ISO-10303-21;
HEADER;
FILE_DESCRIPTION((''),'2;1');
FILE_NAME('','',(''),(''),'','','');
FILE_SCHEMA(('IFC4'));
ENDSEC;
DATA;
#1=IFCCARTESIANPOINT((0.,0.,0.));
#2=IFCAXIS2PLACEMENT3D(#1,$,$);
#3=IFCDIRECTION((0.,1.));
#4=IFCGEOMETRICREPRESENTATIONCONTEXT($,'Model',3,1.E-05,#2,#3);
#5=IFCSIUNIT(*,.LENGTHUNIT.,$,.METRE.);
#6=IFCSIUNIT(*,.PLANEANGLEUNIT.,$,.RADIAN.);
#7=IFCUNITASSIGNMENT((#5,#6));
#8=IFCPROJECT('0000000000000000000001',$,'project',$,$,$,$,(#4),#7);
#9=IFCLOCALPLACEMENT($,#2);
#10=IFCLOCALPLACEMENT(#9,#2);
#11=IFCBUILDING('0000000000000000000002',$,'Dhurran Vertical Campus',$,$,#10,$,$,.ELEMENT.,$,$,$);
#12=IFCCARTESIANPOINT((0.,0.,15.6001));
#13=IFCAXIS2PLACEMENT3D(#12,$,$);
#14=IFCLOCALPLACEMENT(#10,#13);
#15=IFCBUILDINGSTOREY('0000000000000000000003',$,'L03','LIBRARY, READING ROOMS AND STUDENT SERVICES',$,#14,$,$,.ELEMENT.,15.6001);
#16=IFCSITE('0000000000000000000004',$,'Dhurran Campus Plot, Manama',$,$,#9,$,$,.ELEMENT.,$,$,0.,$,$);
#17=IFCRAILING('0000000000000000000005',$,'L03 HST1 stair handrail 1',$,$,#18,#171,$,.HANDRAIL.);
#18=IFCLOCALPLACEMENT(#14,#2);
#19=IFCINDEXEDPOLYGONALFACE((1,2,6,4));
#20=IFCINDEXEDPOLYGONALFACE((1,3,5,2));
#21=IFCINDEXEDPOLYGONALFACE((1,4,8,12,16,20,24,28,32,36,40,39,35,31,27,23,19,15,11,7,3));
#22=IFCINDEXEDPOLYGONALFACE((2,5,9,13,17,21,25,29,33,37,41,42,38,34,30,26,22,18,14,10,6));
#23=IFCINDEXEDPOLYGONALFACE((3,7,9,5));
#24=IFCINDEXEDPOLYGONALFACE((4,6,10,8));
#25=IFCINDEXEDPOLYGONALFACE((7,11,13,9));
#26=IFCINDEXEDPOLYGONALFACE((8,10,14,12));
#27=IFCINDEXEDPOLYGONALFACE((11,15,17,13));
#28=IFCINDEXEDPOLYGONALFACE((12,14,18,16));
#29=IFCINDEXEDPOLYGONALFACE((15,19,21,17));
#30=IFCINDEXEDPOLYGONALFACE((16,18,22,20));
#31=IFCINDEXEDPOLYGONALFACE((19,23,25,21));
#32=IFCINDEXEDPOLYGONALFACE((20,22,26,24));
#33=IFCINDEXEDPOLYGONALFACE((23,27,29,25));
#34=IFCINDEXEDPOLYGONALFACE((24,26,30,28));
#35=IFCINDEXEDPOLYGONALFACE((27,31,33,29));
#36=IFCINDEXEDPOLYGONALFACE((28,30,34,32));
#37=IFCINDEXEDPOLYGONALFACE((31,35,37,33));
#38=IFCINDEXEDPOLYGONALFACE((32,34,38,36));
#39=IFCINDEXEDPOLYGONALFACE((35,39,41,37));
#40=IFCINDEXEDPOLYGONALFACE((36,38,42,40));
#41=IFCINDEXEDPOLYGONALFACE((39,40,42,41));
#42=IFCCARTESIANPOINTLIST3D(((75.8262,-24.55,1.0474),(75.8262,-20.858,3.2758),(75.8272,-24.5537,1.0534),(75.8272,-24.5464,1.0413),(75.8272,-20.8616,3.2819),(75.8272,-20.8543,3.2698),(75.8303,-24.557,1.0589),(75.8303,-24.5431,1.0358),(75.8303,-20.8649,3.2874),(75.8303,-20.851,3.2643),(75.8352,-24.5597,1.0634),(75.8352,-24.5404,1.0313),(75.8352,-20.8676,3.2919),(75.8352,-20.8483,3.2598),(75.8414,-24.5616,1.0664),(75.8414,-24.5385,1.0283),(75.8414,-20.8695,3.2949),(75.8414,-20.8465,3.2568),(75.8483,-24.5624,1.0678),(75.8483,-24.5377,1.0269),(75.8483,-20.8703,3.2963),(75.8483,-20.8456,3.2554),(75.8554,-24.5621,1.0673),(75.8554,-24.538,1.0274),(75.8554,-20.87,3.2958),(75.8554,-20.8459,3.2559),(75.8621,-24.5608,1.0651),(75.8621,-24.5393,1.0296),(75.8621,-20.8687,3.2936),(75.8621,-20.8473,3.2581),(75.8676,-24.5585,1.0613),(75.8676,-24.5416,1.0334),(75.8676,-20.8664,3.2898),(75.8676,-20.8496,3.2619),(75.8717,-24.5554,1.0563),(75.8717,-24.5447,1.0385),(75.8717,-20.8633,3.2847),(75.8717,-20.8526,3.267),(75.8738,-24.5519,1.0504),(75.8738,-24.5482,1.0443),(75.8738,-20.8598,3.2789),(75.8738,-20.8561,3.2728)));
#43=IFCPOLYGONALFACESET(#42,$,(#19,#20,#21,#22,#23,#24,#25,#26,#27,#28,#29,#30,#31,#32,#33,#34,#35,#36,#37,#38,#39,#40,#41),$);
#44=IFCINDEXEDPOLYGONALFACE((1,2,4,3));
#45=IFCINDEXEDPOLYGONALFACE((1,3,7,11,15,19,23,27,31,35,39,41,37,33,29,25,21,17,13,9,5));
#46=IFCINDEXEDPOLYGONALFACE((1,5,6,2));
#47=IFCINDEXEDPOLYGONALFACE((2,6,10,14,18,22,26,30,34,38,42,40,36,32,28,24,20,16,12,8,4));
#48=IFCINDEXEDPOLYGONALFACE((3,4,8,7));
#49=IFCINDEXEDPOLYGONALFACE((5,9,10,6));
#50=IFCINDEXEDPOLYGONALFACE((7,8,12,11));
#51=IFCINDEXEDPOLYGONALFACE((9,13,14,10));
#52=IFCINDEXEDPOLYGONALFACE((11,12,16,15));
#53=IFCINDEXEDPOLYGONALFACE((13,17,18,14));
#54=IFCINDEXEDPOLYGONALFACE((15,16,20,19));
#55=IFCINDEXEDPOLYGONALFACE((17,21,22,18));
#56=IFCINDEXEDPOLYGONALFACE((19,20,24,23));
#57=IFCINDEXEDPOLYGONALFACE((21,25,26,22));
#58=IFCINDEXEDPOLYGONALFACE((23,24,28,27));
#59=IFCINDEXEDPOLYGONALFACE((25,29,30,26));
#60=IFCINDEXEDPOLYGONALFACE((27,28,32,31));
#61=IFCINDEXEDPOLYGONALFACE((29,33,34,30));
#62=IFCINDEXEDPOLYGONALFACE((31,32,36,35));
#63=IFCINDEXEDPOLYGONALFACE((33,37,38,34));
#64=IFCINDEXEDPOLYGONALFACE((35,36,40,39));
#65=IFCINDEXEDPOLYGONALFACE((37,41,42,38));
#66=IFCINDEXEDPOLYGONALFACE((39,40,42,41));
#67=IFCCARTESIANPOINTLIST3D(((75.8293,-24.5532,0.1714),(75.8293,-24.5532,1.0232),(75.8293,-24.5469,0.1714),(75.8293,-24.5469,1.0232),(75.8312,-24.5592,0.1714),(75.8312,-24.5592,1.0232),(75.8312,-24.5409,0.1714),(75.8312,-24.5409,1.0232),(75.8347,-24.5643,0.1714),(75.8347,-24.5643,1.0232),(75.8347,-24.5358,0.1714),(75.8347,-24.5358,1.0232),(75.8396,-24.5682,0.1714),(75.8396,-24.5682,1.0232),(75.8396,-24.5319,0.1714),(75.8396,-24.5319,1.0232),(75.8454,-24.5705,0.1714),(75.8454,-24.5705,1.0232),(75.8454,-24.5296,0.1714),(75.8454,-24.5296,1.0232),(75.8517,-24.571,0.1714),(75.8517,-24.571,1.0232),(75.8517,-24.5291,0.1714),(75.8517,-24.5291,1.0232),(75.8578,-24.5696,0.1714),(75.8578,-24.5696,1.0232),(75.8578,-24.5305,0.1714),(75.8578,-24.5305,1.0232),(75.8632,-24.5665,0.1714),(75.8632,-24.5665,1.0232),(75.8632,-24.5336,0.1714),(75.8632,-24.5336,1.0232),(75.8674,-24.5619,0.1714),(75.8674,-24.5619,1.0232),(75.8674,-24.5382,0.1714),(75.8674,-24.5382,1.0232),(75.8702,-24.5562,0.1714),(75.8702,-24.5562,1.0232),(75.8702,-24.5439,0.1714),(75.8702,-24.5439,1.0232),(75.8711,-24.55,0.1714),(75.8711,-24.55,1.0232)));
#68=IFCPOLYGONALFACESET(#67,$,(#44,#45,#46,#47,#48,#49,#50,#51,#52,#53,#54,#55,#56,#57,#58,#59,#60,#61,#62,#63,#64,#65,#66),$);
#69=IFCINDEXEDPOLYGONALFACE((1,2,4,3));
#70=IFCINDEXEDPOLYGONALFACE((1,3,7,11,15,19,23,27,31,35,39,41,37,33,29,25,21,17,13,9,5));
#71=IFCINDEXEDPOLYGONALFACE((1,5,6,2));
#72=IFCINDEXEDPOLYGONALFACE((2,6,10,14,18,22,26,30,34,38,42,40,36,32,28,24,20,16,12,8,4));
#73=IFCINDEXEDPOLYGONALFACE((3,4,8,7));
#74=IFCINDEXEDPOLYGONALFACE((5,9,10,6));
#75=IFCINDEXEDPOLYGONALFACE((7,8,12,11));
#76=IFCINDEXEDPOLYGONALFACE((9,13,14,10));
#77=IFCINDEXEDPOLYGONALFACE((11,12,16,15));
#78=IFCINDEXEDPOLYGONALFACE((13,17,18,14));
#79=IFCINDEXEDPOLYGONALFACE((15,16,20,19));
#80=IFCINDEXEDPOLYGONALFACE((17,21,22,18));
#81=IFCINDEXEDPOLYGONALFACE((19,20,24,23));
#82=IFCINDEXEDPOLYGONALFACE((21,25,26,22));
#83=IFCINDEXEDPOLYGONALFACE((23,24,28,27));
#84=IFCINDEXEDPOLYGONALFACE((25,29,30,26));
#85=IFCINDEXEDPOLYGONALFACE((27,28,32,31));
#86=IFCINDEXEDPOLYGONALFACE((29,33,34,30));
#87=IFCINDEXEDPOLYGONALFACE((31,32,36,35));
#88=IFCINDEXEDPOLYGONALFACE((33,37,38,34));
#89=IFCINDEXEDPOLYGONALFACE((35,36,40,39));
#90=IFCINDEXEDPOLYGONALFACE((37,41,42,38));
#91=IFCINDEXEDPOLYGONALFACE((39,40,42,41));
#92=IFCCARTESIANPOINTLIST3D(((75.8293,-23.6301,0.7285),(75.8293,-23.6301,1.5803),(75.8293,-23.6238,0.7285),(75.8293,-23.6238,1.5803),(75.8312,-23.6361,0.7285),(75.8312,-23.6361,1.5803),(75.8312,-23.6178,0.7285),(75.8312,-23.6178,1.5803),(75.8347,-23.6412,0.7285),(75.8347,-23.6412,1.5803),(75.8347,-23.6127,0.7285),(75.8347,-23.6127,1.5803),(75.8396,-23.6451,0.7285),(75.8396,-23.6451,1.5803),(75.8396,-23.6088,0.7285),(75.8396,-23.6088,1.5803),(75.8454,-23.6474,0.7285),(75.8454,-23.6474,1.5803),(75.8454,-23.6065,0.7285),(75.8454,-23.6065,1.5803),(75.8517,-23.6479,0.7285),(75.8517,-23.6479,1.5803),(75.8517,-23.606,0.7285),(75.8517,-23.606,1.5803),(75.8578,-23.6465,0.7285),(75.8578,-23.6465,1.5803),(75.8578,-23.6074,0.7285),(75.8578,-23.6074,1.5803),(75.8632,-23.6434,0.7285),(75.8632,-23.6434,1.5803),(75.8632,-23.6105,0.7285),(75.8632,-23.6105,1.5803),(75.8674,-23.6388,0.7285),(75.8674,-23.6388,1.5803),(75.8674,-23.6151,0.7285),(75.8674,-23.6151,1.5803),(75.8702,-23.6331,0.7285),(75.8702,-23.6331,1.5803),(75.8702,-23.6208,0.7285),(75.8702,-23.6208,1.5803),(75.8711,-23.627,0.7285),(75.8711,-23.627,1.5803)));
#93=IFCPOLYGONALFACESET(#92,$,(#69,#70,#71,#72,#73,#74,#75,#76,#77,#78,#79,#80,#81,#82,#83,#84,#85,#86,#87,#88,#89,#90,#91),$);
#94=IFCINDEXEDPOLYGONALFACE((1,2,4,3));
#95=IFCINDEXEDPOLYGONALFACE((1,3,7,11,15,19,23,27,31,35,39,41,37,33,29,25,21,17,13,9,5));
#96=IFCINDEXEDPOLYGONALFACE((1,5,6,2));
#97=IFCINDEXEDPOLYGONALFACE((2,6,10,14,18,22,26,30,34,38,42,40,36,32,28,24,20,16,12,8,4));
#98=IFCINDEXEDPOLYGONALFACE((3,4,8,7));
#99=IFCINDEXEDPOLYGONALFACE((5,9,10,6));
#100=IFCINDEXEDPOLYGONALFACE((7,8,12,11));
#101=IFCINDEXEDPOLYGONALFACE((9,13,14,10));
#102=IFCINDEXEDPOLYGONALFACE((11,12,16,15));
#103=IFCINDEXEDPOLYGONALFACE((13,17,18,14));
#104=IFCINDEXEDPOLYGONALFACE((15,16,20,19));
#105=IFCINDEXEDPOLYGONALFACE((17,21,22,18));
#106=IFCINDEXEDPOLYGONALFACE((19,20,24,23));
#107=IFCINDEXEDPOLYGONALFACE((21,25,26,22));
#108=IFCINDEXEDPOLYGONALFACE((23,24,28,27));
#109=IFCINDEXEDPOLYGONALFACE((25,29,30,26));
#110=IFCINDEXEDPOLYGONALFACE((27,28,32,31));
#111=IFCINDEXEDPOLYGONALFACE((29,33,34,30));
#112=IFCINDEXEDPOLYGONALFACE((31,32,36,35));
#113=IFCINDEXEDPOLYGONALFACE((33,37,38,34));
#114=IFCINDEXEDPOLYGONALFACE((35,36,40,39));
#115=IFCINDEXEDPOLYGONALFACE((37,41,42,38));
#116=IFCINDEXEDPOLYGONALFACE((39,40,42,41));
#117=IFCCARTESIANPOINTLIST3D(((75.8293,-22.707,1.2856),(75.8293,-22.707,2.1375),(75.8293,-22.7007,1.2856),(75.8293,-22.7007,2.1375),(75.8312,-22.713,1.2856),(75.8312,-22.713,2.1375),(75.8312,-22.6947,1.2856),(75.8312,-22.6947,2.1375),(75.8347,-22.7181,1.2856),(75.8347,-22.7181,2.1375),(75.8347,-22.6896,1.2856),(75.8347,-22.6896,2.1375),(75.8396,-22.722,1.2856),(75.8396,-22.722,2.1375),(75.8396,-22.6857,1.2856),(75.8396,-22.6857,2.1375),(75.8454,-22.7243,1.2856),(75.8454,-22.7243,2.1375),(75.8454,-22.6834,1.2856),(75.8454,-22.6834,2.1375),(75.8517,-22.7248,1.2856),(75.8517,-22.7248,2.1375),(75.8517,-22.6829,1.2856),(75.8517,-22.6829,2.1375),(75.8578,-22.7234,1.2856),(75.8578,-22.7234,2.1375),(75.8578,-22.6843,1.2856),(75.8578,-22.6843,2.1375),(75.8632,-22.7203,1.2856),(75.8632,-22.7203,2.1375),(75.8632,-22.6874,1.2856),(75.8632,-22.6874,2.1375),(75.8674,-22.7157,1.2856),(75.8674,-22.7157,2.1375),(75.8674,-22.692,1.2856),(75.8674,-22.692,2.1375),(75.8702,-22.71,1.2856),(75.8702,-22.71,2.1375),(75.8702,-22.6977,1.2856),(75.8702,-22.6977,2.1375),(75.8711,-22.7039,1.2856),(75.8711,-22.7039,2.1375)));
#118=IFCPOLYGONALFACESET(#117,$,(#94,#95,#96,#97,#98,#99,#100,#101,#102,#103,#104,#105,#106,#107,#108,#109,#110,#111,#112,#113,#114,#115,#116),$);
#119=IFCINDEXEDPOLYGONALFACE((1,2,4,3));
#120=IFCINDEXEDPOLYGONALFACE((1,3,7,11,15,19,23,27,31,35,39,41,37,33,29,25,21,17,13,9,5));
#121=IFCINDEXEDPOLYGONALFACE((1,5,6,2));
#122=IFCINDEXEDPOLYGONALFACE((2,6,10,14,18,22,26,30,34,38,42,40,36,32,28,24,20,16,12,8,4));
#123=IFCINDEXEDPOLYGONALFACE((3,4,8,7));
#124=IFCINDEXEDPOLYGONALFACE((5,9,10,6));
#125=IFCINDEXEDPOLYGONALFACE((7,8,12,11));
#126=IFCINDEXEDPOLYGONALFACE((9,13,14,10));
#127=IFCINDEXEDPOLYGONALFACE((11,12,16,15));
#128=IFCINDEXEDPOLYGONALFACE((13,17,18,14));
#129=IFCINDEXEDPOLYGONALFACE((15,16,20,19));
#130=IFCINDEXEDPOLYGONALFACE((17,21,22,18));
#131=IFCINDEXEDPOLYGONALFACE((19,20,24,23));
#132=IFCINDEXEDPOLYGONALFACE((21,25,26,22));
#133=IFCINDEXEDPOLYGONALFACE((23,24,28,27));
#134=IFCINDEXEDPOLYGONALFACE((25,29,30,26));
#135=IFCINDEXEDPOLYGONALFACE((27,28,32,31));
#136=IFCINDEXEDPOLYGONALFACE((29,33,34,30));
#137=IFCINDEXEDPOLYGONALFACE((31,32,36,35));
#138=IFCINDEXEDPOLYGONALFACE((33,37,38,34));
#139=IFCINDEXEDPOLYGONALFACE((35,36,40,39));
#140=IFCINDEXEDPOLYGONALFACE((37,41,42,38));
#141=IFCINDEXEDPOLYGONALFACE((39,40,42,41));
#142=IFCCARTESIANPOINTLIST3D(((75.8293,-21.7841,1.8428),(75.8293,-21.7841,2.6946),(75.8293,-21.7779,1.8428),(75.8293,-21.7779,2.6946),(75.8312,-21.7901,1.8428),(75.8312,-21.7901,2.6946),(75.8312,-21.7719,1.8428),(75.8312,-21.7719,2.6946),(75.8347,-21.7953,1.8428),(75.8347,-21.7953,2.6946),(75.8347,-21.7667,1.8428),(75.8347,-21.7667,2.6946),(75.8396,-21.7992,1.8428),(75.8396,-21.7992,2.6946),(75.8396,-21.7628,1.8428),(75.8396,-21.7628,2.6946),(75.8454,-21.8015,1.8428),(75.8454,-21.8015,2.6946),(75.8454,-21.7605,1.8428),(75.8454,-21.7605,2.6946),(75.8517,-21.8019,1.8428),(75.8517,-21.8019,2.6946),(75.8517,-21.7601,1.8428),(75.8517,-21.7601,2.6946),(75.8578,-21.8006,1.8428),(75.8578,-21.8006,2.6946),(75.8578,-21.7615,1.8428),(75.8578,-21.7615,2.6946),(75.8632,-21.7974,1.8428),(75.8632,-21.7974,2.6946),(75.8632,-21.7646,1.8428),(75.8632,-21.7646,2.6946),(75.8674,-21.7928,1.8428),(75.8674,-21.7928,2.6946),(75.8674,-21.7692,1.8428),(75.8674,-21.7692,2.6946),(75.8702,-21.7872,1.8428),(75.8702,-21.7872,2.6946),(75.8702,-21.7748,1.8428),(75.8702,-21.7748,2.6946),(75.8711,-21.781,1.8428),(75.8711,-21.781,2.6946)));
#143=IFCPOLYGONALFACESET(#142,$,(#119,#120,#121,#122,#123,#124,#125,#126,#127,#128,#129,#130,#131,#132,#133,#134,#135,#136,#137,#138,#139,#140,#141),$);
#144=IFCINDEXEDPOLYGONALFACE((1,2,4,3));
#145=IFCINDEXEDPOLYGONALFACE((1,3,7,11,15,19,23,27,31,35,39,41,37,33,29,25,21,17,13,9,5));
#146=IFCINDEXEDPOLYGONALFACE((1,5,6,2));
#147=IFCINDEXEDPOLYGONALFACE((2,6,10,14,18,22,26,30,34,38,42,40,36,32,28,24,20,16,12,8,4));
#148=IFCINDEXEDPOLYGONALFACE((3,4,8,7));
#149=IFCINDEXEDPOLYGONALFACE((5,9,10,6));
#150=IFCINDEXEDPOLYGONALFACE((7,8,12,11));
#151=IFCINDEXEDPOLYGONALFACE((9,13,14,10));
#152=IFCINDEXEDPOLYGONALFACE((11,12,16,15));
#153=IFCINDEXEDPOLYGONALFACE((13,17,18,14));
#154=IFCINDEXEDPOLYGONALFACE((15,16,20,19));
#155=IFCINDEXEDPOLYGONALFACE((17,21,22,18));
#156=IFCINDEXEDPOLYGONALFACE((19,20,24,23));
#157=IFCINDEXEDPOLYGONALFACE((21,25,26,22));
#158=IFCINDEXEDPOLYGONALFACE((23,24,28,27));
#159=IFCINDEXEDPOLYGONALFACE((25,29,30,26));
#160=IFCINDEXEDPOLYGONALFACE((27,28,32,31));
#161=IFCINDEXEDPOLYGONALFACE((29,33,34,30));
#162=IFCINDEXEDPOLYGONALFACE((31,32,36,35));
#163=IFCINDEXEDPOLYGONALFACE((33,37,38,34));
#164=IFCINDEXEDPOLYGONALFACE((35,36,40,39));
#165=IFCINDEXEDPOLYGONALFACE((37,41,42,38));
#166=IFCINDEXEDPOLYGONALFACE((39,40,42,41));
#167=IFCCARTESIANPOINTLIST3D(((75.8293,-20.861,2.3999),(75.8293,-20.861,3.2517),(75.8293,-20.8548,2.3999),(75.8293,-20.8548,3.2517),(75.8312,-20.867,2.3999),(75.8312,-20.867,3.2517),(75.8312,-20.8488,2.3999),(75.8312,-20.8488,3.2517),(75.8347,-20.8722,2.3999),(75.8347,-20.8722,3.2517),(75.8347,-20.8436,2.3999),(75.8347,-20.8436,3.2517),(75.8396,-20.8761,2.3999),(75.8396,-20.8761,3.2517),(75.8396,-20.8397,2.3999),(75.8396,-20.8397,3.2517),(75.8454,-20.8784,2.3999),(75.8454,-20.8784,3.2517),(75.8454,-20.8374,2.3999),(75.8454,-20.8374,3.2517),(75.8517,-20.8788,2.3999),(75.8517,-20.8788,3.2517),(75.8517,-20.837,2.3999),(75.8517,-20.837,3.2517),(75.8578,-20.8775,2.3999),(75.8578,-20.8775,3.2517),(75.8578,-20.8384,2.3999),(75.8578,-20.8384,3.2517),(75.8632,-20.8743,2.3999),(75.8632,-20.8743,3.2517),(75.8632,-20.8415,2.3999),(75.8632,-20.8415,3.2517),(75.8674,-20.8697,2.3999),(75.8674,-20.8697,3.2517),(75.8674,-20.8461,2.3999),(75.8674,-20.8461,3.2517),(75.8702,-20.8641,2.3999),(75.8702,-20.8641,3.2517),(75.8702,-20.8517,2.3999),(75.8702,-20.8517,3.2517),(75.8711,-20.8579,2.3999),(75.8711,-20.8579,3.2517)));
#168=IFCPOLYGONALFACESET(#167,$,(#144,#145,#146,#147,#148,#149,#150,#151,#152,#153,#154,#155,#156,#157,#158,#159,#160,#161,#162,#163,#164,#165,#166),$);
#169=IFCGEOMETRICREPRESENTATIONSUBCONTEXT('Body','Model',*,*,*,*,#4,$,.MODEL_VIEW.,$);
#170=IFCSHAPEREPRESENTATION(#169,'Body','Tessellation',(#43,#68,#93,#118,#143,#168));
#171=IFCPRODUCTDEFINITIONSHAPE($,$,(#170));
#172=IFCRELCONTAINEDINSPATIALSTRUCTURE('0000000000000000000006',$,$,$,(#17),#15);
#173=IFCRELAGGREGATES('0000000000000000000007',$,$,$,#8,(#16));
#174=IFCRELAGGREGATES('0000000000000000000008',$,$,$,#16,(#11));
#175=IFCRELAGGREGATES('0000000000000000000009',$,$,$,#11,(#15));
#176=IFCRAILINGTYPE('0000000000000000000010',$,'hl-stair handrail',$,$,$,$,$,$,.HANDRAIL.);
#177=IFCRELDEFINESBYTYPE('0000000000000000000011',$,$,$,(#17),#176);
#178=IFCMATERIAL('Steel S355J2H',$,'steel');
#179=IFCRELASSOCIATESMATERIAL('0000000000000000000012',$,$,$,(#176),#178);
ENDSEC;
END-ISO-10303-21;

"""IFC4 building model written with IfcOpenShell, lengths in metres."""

from ifc_helpers import new_model, si_unit, direction, frame, origin, origin_2d, place, context, subcontext, project, spatial, circle, extrude, material, type_object, element, save


model = new_model("IFC4")

# Units and contexts
model_context = context("Model", 3, precision=1e-05, world=origin(), true_north=direction((0.0, 1.0)))
body_context = subcontext(model_context, "Body", "Model", "MODEL_VIEW")
ifc_project = project(units=[si_unit("LENGTHUNIT", "METRE"), si_unit("PLANEANGLEUNIT", "RADIAN")], contexts=[model_context])

# Site, building, storey
site_placement = place(None, origin())
site = spatial("IfcSite", under=ifc_project, at=site_placement, Name="Dhurran Campus Plot, Manama", CompositionType="ELEMENT", RefElevation=0.0)
building_placement = place(site_placement, origin())
building = spatial("IfcBuilding", under=site, at=building_placement, Name="Dhurran Vertical Campus", CompositionType="ELEMENT")
storey_placement = place(building_placement, frame((0.0, 0.0, 15.6001)))
storey = spatial("IfcBuildingStorey", under=building, at=storey_placement, Name="L03", Description="LIBRARY, READING ROOMS AND STUDENT SERVICES", CompositionType="ELEMENT", Elevation=15.6001)

# Railing
ifc_material_1 = material(Name="Steel S355J2H", Category="steel")
railing_type_1 = type_object("IfcRailingType", Name="hl-stair handrail", PredefinedType="HANDRAIL", material=ifc_material_1)
railing_1_placement = place(storey_placement, frame((75.8501, -24.55, 0.1714)))
element("IfcRailing", 1, at=railing_1_placement, inside=storey, type_object=railing_type_1, Name="L03 HST1 stair handrail 1", PredefinedType="HANDRAIL", context=body_context, shape_type="SweptSolid", body=[
    extrude(circle(Radius=0.0239, at=origin_2d()), frame((0.0, 0.0, 0.876), z_axis=(0.0, 0.856136, 0.51675), x_axis=(-1.0, 0.0, 0.0)), (0.0, 0.0, 1.0), 4.3125),
    extrude(circle(Radius=0.021, at=origin_2d()), origin(), (0.0, 0.0, 1.0), 0.8518),
    extrude(circle(Radius=0.021, at=origin_2d()), frame((0.0, 0.9231, 0.5571)), (0.0, 0.0, 1.0), 0.8518),
    extrude(circle(Radius=0.021, at=origin_2d()), frame((0.0, 1.8462, 1.1143)), (0.0, 0.0, 1.0), 0.8518),
    extrude(circle(Radius=0.021, at=origin_2d()), frame((0.0, 2.769, 1.6714)), (0.0, 0.0, 1.0), 0.8518),
    extrude(circle(Radius=0.021, at=origin_2d()), frame((0.0, 3.6921, 2.2285)), (0.0, 0.0, 1.0), 0.8518),
])

save(model, "model.ifc")
